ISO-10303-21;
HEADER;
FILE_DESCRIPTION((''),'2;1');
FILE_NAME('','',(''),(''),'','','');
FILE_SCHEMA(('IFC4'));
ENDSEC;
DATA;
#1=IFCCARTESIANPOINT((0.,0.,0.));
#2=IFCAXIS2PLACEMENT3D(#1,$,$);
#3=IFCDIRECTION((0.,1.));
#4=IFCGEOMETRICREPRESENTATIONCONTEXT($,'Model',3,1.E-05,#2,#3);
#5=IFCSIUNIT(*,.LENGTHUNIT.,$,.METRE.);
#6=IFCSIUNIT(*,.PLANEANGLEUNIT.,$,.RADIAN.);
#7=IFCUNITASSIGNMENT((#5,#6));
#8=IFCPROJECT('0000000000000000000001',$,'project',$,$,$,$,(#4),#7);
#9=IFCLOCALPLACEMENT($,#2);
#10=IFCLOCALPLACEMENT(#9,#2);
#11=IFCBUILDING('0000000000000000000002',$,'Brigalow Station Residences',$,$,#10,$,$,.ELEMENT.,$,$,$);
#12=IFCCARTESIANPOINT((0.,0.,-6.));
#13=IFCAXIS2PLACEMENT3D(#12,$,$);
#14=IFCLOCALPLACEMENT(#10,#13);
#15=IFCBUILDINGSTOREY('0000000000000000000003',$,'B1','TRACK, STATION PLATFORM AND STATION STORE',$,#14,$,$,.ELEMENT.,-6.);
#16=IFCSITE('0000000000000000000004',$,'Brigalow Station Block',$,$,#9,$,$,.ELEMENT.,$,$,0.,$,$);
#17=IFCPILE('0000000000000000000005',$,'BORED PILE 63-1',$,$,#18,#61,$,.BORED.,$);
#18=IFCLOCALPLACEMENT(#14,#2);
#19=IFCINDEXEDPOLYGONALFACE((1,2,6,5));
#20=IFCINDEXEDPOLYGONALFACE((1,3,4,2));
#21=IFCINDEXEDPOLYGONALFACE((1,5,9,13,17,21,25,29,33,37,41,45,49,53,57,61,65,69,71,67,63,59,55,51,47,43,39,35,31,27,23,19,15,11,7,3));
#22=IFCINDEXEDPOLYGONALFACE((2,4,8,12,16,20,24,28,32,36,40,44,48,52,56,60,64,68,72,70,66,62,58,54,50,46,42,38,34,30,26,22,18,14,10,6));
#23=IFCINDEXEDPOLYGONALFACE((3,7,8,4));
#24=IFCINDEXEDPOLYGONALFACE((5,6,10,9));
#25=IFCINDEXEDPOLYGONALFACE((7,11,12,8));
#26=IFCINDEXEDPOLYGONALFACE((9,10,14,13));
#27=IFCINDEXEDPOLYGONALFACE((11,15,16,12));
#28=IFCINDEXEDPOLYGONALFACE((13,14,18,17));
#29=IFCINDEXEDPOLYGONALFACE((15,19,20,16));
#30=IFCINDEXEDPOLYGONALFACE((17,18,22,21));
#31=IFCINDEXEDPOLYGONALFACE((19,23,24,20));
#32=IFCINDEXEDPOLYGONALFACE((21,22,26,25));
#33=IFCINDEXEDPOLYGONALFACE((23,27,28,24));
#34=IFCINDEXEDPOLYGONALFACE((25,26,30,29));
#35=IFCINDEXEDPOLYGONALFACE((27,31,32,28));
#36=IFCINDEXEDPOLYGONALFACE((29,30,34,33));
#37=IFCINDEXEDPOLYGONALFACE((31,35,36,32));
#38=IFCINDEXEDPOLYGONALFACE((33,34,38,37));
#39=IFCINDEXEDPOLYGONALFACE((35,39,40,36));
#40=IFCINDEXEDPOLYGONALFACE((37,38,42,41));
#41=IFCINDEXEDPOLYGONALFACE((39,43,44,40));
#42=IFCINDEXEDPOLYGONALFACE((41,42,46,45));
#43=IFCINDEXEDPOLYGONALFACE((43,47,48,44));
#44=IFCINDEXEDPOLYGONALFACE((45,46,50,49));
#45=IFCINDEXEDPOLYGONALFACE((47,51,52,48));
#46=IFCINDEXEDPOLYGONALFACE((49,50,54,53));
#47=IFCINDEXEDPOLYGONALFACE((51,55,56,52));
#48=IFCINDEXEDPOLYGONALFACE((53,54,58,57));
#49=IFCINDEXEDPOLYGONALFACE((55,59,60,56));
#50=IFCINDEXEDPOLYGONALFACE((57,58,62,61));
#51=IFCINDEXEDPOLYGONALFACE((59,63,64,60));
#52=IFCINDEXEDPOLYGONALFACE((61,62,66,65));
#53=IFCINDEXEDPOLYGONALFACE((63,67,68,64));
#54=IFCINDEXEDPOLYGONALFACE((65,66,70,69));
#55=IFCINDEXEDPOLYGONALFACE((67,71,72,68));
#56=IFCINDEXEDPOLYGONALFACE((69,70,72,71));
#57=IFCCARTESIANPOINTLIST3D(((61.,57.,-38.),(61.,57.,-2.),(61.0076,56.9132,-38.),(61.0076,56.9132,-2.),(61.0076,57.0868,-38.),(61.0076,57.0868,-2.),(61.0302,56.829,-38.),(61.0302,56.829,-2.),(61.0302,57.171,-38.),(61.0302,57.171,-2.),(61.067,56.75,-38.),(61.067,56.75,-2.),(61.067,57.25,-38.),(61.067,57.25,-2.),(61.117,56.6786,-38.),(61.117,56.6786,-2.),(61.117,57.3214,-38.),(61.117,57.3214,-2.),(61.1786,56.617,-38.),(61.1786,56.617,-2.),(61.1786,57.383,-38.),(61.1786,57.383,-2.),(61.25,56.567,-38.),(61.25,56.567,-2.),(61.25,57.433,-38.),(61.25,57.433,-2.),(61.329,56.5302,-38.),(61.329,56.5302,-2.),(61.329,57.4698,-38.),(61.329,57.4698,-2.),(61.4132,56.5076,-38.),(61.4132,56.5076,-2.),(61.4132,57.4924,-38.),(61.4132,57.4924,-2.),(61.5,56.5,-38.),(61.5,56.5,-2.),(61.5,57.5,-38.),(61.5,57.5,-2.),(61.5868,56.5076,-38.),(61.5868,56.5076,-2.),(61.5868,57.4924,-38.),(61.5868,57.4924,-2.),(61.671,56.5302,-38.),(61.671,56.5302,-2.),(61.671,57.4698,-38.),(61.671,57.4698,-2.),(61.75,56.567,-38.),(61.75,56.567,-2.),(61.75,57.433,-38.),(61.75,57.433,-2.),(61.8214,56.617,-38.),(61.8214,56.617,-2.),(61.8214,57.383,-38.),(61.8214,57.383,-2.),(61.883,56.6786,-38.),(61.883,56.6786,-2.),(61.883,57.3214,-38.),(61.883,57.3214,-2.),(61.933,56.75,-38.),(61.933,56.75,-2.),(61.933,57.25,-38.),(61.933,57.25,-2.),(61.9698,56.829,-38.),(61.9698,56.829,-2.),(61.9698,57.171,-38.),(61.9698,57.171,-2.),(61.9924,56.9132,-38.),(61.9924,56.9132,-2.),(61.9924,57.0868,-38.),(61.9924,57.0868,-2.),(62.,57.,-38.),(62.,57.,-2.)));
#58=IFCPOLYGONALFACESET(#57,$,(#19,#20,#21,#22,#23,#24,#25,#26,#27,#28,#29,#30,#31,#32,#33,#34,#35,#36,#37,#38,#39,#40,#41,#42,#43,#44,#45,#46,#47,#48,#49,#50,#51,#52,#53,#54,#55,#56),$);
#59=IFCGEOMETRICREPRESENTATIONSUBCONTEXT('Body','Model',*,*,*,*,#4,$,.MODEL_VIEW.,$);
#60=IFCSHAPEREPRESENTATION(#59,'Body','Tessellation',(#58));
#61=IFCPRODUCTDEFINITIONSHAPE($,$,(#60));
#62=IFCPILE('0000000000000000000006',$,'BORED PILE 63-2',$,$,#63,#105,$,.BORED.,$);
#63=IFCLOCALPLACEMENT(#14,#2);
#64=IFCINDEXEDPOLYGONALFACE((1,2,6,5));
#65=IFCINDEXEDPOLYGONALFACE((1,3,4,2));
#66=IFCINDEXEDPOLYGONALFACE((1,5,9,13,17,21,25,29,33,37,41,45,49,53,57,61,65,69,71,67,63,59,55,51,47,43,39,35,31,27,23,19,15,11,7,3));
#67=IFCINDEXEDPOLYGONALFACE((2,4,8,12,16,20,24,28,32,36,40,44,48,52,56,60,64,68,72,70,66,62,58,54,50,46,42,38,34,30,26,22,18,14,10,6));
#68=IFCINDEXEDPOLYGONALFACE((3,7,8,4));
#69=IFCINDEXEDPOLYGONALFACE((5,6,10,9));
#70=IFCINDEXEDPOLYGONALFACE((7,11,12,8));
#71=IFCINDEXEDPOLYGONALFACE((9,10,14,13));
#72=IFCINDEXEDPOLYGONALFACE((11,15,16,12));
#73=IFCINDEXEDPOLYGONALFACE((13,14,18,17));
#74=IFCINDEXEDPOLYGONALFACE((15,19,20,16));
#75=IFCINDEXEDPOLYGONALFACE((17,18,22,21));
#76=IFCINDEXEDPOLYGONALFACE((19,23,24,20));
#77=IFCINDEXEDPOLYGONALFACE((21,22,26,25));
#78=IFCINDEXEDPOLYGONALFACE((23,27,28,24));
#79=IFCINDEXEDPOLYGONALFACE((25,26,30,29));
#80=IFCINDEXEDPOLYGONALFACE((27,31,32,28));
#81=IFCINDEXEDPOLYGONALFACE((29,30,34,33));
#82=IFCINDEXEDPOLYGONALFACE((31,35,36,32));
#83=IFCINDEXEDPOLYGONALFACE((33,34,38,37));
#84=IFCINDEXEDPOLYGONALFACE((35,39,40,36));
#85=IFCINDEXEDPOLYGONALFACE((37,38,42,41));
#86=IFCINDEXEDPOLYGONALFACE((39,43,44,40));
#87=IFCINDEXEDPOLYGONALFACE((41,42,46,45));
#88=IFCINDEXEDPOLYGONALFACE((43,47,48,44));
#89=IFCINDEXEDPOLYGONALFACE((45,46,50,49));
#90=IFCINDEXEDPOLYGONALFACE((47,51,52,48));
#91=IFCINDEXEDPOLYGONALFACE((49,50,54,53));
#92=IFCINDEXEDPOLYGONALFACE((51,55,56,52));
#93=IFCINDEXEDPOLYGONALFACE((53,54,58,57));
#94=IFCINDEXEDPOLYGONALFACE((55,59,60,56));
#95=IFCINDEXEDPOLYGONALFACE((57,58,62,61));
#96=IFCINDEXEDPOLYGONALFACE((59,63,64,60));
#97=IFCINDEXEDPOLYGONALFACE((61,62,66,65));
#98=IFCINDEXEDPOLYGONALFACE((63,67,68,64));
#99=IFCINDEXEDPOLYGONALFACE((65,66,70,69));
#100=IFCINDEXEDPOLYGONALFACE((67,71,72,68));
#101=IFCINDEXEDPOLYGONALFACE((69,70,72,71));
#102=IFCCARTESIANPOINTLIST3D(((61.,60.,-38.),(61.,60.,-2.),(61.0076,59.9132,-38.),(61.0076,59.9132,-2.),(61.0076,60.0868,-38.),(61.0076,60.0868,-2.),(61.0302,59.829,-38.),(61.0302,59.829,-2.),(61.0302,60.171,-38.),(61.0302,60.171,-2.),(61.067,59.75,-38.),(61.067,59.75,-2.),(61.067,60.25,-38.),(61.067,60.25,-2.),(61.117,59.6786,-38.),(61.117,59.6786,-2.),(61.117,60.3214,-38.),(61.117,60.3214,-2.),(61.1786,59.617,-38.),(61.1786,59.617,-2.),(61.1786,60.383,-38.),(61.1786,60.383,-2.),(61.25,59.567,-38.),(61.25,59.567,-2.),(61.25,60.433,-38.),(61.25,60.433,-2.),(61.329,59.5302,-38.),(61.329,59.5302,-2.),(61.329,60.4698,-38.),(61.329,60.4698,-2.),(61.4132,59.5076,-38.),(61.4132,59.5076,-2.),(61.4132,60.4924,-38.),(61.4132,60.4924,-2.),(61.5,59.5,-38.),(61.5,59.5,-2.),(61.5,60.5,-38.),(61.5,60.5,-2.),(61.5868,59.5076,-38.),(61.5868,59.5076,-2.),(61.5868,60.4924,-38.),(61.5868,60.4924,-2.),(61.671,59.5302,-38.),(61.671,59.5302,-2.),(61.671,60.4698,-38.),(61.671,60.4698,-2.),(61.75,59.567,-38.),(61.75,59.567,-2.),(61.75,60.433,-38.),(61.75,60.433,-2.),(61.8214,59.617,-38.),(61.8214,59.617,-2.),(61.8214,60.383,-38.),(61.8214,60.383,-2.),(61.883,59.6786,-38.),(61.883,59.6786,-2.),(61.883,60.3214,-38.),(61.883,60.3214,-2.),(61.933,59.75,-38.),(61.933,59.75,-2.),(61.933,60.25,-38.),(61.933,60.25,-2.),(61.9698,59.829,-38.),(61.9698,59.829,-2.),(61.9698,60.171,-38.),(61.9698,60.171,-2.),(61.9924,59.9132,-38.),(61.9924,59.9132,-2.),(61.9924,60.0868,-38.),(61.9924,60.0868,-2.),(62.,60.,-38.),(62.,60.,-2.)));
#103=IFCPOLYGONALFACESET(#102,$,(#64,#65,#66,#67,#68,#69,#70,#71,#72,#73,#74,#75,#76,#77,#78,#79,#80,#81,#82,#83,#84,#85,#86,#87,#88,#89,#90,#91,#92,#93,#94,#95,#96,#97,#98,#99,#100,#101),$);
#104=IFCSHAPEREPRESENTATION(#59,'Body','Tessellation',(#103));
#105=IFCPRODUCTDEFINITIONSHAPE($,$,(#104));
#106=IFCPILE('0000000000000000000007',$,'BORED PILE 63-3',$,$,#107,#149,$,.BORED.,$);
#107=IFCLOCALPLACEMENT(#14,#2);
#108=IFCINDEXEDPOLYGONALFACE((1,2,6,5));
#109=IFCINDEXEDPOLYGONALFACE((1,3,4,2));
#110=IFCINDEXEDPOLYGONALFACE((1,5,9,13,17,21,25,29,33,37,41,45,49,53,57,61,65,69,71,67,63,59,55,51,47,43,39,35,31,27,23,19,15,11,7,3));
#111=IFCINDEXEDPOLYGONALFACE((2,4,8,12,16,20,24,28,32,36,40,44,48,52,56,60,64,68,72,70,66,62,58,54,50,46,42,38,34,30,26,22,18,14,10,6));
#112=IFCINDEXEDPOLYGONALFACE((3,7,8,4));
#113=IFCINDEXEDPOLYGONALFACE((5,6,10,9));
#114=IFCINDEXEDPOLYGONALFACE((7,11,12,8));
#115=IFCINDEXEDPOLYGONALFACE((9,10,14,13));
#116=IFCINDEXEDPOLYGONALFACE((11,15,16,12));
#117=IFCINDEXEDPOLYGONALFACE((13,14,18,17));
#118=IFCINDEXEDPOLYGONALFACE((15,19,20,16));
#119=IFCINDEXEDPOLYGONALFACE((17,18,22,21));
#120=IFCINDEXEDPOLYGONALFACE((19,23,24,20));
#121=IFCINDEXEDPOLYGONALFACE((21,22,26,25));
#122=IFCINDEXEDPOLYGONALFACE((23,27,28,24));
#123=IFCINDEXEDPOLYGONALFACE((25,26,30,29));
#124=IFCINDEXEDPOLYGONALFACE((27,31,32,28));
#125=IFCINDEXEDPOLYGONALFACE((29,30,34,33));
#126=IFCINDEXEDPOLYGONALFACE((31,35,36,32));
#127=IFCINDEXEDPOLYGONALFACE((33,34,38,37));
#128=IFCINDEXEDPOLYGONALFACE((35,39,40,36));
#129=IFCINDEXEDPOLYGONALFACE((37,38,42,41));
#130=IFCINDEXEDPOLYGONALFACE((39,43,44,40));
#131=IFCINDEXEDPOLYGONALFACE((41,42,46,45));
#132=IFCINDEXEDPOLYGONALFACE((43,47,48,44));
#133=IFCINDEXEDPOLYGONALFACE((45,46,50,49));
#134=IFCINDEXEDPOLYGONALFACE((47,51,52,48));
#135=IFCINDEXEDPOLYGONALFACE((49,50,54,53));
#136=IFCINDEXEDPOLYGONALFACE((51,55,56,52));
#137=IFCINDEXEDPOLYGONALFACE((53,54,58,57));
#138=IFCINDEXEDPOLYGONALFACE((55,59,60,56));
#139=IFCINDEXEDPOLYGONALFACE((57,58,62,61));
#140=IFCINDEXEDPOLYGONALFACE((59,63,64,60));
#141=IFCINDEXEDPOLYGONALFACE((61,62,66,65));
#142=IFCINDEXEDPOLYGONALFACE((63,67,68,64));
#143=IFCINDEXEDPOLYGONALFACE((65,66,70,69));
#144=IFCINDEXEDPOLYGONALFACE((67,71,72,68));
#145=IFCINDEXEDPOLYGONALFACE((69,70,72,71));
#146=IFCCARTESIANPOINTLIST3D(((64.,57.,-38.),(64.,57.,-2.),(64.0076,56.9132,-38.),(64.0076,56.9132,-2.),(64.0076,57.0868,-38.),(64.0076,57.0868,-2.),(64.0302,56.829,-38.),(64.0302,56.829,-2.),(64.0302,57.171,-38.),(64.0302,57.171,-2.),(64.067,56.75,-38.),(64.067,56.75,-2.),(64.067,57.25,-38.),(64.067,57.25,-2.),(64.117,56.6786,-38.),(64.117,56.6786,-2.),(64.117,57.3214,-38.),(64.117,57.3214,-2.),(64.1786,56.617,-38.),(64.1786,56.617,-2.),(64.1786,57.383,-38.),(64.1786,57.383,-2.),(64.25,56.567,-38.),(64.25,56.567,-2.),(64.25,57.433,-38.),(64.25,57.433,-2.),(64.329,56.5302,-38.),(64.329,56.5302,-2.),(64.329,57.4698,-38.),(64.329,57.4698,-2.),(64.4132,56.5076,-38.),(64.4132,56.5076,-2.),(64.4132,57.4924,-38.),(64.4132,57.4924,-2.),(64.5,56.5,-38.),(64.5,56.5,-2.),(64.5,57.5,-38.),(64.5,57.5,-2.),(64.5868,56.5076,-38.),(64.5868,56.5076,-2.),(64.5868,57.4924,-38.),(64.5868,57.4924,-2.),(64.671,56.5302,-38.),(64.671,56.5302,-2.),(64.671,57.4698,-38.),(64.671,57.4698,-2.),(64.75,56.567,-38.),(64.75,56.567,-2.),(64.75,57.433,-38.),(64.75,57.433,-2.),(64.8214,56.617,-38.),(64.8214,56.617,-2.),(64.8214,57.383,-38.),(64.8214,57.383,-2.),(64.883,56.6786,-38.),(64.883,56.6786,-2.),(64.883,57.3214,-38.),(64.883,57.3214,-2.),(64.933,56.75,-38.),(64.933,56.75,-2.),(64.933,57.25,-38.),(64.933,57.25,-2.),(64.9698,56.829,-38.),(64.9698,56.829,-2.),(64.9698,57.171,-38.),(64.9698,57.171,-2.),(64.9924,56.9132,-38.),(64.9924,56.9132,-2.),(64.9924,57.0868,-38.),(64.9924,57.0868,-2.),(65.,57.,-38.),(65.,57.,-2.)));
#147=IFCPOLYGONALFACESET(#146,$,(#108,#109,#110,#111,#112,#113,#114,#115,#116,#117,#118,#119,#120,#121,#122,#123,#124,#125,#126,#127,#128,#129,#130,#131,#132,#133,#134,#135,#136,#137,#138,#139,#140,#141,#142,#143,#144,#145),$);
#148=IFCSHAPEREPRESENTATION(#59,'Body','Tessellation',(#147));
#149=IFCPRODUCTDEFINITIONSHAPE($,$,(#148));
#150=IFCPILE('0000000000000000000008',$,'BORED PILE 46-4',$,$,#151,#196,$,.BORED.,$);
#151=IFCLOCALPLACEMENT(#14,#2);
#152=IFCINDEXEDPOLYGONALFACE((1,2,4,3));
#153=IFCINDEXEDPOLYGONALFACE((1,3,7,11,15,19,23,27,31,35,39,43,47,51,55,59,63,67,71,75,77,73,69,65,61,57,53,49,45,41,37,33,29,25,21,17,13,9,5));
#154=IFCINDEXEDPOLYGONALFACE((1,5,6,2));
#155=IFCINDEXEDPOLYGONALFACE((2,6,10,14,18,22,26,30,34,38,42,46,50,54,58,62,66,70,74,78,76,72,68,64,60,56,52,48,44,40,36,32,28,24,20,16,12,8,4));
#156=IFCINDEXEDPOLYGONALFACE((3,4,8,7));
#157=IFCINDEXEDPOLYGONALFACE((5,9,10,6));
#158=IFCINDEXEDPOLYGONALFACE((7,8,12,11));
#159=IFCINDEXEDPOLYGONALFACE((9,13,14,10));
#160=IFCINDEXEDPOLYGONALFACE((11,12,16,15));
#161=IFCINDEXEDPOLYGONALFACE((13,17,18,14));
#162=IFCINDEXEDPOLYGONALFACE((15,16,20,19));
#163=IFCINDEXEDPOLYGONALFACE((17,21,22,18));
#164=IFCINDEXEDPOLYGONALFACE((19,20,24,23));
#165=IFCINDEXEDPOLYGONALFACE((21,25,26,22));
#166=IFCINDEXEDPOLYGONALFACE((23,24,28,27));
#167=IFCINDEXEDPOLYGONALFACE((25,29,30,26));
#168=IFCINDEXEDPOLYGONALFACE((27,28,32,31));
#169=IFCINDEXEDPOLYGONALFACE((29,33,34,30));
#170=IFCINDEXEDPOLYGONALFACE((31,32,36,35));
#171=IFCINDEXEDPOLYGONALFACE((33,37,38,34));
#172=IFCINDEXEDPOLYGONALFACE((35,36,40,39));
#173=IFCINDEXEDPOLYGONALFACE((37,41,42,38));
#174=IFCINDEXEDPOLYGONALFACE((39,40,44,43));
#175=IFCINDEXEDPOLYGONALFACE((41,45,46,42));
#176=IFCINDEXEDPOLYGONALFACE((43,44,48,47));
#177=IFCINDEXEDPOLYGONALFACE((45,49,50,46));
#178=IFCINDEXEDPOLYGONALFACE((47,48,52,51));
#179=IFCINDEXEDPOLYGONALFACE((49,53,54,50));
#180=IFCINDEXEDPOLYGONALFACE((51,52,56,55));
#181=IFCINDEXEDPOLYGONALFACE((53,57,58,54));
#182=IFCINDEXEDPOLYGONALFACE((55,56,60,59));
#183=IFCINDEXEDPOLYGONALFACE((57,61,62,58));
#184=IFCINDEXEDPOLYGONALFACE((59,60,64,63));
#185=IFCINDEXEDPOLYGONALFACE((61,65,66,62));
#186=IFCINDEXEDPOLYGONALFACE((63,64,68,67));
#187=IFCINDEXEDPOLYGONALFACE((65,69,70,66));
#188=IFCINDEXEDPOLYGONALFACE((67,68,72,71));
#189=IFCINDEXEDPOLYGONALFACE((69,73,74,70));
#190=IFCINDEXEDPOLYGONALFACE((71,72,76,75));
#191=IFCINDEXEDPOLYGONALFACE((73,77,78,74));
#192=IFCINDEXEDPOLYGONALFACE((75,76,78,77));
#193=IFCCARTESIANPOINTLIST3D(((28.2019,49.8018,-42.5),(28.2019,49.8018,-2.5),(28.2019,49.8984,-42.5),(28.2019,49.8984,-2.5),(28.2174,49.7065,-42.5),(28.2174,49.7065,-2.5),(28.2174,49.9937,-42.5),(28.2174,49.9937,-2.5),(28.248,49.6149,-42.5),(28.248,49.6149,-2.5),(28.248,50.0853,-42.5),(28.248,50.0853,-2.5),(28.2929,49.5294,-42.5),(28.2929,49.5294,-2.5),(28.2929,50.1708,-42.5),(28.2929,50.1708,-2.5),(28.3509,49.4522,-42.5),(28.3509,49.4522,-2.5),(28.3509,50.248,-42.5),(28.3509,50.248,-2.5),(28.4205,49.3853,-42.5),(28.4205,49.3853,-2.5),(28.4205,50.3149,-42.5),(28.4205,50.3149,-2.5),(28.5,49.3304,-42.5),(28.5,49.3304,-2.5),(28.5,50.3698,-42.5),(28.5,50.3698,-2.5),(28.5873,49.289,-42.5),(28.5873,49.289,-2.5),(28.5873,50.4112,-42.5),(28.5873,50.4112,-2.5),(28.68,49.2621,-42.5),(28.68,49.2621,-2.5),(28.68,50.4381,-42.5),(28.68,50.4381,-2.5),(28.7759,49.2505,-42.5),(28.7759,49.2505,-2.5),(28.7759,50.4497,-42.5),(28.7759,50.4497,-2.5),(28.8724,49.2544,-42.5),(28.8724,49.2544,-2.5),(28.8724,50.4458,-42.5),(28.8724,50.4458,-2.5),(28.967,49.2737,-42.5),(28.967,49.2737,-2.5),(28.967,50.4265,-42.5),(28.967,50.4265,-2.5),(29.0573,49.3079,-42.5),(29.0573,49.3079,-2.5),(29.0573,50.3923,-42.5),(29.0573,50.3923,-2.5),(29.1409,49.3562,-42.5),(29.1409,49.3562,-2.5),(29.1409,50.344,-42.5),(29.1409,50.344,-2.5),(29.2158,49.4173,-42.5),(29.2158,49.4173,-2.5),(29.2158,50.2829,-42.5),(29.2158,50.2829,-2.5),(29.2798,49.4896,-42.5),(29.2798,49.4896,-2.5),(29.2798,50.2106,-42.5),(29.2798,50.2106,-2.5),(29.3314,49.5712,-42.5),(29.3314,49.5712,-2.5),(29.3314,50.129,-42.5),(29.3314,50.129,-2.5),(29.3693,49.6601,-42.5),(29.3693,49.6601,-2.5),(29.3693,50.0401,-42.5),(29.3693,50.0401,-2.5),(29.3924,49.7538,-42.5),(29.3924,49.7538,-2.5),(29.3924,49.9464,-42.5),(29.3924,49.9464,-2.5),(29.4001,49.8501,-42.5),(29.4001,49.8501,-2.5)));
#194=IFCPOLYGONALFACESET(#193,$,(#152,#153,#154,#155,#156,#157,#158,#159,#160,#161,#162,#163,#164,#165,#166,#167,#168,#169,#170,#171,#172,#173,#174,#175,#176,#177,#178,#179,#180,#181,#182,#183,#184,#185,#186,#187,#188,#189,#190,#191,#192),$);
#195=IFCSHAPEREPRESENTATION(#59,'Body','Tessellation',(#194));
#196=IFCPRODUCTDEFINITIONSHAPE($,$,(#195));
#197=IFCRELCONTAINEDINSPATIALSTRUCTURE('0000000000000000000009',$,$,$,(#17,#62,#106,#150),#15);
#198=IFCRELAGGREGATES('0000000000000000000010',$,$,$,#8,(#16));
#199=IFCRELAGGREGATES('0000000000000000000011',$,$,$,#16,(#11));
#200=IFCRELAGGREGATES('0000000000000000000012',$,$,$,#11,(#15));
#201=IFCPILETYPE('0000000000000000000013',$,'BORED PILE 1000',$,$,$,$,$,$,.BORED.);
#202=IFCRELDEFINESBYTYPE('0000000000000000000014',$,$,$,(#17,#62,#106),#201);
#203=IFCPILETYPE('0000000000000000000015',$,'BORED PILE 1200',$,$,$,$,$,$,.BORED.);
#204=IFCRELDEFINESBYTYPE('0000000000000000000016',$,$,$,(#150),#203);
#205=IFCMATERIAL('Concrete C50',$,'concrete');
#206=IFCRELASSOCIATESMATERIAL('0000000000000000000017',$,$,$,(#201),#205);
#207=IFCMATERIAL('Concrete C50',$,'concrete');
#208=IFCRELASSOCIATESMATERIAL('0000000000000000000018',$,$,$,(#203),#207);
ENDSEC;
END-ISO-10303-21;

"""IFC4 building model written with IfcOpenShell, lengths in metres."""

from ifc_helpers import new_model, si_unit, direction, frame, origin, origin_2d, place, context, subcontext, project, spatial, circle, extrude, material, material_profile, profile_set, type_object, element, save


model = new_model("IFC4")

# Units and contexts
model_context = context("Model", 3, precision=1e-05, world=origin(), true_north=direction((0.0, 1.0)))
body_context = subcontext(model_context, "Body", "Model", "MODEL_VIEW")
ifc_project = project(units=[si_unit("LENGTHUNIT", "METRE"), si_unit("PLANEANGLEUNIT", "RADIAN")], contexts=[model_context])

# Site, building, storey
site_placement = place(None, origin())
site = spatial("IfcSite", under=ifc_project, at=site_placement, Name="Brigalow Station Block", CompositionType="ELEMENT", RefElevation=0.0)
building_placement = place(site_placement, origin())
building = spatial("IfcBuilding", under=site, at=building_placement, Name="Brigalow Station Residences", CompositionType="ELEMENT")
storey_placement = place(building_placement, frame((0.0, 0.0, -6.0)))
storey = spatial("IfcBuildingStorey", under=building, at=storey_placement, Name="B1", Description="TRACK, STATION PLATFORM AND STATION STORE", CompositionType="ELEMENT", Elevation=-6.0)

# Piles
ifc_material_1 = material(Name="Concrete C50", Category="concrete")
ifc_material_profile_1 = material_profile(ifc_material_1, circle(Radius=0.5, at=origin_2d()), Name="BP1000")
ifc_profile_set_1 = profile_set([ifc_material_profile_1], Name="Concrete C50")
pile_type_1 = type_object("IfcPileType", Name="BORED PILE 1000", PredefinedType="BORED", material=ifc_profile_set_1)
for number, where, z_axis, x_axis, name in (
    (1, (61.5, 57.0, -2.0), (0.0, 0.0, -1.0), (1.0, 0.0, 0.0), "BORED PILE 63-1"),
    (2, (61.5, 60.0, -2.0), (0.0, 0.0, -1.0), (1.0, 0.0, 0.0), "BORED PILE 63-2"),
    (3, (64.5, 57.0, -2.0), (0.0, 0.0, -1.0), (1.0, 0.0, 0.0), "BORED PILE 63-3"),
):
    element("IfcPile", number, at=place(storey_placement, frame(where, z_axis=z_axis, x_axis=x_axis)), inside=storey, type_object=pile_type_1, Name=name, PredefinedType="BORED", context=body_context, shape_type="SweptSolid", body=[
        extrude(circle(Radius=0.5, at=origin_2d()), origin(), (0.0, 0.0, 1.0), 36.0),
    ])
ifc_material_2 = material(Name="Concrete C50", Category="concrete")
ifc_material_profile_2 = material_profile(ifc_material_2, circle(Radius=0.6001, at=origin_2d()), Name="BP1200")
ifc_profile_set_2 = profile_set([ifc_material_profile_2], Name="Concrete C50")
pile_type_2 = type_object("IfcPileType", Name="BORED PILE 1200", PredefinedType="BORED", material=ifc_profile_set_2)
for number, where, z_axis, x_axis, name in (
    (4, (28.8, 49.8501, -2.5), (0.0, 0.0, -1.0), (1.0, 0.0, 0.0), "BORED PILE 46-4"),
):
    element("IfcPile", number, at=place(storey_placement, frame(where, z_axis=z_axis, x_axis=x_axis)), inside=storey, type_object=pile_type_2, Name=name, PredefinedType="BORED", context=body_context, shape_type="SweptSolid", body=[
        extrude(circle(Radius=0.6001, at=origin_2d()), origin(), (0.0, 0.0, 1.0), 40.0),
    ])

save(model, "model.ifc")
